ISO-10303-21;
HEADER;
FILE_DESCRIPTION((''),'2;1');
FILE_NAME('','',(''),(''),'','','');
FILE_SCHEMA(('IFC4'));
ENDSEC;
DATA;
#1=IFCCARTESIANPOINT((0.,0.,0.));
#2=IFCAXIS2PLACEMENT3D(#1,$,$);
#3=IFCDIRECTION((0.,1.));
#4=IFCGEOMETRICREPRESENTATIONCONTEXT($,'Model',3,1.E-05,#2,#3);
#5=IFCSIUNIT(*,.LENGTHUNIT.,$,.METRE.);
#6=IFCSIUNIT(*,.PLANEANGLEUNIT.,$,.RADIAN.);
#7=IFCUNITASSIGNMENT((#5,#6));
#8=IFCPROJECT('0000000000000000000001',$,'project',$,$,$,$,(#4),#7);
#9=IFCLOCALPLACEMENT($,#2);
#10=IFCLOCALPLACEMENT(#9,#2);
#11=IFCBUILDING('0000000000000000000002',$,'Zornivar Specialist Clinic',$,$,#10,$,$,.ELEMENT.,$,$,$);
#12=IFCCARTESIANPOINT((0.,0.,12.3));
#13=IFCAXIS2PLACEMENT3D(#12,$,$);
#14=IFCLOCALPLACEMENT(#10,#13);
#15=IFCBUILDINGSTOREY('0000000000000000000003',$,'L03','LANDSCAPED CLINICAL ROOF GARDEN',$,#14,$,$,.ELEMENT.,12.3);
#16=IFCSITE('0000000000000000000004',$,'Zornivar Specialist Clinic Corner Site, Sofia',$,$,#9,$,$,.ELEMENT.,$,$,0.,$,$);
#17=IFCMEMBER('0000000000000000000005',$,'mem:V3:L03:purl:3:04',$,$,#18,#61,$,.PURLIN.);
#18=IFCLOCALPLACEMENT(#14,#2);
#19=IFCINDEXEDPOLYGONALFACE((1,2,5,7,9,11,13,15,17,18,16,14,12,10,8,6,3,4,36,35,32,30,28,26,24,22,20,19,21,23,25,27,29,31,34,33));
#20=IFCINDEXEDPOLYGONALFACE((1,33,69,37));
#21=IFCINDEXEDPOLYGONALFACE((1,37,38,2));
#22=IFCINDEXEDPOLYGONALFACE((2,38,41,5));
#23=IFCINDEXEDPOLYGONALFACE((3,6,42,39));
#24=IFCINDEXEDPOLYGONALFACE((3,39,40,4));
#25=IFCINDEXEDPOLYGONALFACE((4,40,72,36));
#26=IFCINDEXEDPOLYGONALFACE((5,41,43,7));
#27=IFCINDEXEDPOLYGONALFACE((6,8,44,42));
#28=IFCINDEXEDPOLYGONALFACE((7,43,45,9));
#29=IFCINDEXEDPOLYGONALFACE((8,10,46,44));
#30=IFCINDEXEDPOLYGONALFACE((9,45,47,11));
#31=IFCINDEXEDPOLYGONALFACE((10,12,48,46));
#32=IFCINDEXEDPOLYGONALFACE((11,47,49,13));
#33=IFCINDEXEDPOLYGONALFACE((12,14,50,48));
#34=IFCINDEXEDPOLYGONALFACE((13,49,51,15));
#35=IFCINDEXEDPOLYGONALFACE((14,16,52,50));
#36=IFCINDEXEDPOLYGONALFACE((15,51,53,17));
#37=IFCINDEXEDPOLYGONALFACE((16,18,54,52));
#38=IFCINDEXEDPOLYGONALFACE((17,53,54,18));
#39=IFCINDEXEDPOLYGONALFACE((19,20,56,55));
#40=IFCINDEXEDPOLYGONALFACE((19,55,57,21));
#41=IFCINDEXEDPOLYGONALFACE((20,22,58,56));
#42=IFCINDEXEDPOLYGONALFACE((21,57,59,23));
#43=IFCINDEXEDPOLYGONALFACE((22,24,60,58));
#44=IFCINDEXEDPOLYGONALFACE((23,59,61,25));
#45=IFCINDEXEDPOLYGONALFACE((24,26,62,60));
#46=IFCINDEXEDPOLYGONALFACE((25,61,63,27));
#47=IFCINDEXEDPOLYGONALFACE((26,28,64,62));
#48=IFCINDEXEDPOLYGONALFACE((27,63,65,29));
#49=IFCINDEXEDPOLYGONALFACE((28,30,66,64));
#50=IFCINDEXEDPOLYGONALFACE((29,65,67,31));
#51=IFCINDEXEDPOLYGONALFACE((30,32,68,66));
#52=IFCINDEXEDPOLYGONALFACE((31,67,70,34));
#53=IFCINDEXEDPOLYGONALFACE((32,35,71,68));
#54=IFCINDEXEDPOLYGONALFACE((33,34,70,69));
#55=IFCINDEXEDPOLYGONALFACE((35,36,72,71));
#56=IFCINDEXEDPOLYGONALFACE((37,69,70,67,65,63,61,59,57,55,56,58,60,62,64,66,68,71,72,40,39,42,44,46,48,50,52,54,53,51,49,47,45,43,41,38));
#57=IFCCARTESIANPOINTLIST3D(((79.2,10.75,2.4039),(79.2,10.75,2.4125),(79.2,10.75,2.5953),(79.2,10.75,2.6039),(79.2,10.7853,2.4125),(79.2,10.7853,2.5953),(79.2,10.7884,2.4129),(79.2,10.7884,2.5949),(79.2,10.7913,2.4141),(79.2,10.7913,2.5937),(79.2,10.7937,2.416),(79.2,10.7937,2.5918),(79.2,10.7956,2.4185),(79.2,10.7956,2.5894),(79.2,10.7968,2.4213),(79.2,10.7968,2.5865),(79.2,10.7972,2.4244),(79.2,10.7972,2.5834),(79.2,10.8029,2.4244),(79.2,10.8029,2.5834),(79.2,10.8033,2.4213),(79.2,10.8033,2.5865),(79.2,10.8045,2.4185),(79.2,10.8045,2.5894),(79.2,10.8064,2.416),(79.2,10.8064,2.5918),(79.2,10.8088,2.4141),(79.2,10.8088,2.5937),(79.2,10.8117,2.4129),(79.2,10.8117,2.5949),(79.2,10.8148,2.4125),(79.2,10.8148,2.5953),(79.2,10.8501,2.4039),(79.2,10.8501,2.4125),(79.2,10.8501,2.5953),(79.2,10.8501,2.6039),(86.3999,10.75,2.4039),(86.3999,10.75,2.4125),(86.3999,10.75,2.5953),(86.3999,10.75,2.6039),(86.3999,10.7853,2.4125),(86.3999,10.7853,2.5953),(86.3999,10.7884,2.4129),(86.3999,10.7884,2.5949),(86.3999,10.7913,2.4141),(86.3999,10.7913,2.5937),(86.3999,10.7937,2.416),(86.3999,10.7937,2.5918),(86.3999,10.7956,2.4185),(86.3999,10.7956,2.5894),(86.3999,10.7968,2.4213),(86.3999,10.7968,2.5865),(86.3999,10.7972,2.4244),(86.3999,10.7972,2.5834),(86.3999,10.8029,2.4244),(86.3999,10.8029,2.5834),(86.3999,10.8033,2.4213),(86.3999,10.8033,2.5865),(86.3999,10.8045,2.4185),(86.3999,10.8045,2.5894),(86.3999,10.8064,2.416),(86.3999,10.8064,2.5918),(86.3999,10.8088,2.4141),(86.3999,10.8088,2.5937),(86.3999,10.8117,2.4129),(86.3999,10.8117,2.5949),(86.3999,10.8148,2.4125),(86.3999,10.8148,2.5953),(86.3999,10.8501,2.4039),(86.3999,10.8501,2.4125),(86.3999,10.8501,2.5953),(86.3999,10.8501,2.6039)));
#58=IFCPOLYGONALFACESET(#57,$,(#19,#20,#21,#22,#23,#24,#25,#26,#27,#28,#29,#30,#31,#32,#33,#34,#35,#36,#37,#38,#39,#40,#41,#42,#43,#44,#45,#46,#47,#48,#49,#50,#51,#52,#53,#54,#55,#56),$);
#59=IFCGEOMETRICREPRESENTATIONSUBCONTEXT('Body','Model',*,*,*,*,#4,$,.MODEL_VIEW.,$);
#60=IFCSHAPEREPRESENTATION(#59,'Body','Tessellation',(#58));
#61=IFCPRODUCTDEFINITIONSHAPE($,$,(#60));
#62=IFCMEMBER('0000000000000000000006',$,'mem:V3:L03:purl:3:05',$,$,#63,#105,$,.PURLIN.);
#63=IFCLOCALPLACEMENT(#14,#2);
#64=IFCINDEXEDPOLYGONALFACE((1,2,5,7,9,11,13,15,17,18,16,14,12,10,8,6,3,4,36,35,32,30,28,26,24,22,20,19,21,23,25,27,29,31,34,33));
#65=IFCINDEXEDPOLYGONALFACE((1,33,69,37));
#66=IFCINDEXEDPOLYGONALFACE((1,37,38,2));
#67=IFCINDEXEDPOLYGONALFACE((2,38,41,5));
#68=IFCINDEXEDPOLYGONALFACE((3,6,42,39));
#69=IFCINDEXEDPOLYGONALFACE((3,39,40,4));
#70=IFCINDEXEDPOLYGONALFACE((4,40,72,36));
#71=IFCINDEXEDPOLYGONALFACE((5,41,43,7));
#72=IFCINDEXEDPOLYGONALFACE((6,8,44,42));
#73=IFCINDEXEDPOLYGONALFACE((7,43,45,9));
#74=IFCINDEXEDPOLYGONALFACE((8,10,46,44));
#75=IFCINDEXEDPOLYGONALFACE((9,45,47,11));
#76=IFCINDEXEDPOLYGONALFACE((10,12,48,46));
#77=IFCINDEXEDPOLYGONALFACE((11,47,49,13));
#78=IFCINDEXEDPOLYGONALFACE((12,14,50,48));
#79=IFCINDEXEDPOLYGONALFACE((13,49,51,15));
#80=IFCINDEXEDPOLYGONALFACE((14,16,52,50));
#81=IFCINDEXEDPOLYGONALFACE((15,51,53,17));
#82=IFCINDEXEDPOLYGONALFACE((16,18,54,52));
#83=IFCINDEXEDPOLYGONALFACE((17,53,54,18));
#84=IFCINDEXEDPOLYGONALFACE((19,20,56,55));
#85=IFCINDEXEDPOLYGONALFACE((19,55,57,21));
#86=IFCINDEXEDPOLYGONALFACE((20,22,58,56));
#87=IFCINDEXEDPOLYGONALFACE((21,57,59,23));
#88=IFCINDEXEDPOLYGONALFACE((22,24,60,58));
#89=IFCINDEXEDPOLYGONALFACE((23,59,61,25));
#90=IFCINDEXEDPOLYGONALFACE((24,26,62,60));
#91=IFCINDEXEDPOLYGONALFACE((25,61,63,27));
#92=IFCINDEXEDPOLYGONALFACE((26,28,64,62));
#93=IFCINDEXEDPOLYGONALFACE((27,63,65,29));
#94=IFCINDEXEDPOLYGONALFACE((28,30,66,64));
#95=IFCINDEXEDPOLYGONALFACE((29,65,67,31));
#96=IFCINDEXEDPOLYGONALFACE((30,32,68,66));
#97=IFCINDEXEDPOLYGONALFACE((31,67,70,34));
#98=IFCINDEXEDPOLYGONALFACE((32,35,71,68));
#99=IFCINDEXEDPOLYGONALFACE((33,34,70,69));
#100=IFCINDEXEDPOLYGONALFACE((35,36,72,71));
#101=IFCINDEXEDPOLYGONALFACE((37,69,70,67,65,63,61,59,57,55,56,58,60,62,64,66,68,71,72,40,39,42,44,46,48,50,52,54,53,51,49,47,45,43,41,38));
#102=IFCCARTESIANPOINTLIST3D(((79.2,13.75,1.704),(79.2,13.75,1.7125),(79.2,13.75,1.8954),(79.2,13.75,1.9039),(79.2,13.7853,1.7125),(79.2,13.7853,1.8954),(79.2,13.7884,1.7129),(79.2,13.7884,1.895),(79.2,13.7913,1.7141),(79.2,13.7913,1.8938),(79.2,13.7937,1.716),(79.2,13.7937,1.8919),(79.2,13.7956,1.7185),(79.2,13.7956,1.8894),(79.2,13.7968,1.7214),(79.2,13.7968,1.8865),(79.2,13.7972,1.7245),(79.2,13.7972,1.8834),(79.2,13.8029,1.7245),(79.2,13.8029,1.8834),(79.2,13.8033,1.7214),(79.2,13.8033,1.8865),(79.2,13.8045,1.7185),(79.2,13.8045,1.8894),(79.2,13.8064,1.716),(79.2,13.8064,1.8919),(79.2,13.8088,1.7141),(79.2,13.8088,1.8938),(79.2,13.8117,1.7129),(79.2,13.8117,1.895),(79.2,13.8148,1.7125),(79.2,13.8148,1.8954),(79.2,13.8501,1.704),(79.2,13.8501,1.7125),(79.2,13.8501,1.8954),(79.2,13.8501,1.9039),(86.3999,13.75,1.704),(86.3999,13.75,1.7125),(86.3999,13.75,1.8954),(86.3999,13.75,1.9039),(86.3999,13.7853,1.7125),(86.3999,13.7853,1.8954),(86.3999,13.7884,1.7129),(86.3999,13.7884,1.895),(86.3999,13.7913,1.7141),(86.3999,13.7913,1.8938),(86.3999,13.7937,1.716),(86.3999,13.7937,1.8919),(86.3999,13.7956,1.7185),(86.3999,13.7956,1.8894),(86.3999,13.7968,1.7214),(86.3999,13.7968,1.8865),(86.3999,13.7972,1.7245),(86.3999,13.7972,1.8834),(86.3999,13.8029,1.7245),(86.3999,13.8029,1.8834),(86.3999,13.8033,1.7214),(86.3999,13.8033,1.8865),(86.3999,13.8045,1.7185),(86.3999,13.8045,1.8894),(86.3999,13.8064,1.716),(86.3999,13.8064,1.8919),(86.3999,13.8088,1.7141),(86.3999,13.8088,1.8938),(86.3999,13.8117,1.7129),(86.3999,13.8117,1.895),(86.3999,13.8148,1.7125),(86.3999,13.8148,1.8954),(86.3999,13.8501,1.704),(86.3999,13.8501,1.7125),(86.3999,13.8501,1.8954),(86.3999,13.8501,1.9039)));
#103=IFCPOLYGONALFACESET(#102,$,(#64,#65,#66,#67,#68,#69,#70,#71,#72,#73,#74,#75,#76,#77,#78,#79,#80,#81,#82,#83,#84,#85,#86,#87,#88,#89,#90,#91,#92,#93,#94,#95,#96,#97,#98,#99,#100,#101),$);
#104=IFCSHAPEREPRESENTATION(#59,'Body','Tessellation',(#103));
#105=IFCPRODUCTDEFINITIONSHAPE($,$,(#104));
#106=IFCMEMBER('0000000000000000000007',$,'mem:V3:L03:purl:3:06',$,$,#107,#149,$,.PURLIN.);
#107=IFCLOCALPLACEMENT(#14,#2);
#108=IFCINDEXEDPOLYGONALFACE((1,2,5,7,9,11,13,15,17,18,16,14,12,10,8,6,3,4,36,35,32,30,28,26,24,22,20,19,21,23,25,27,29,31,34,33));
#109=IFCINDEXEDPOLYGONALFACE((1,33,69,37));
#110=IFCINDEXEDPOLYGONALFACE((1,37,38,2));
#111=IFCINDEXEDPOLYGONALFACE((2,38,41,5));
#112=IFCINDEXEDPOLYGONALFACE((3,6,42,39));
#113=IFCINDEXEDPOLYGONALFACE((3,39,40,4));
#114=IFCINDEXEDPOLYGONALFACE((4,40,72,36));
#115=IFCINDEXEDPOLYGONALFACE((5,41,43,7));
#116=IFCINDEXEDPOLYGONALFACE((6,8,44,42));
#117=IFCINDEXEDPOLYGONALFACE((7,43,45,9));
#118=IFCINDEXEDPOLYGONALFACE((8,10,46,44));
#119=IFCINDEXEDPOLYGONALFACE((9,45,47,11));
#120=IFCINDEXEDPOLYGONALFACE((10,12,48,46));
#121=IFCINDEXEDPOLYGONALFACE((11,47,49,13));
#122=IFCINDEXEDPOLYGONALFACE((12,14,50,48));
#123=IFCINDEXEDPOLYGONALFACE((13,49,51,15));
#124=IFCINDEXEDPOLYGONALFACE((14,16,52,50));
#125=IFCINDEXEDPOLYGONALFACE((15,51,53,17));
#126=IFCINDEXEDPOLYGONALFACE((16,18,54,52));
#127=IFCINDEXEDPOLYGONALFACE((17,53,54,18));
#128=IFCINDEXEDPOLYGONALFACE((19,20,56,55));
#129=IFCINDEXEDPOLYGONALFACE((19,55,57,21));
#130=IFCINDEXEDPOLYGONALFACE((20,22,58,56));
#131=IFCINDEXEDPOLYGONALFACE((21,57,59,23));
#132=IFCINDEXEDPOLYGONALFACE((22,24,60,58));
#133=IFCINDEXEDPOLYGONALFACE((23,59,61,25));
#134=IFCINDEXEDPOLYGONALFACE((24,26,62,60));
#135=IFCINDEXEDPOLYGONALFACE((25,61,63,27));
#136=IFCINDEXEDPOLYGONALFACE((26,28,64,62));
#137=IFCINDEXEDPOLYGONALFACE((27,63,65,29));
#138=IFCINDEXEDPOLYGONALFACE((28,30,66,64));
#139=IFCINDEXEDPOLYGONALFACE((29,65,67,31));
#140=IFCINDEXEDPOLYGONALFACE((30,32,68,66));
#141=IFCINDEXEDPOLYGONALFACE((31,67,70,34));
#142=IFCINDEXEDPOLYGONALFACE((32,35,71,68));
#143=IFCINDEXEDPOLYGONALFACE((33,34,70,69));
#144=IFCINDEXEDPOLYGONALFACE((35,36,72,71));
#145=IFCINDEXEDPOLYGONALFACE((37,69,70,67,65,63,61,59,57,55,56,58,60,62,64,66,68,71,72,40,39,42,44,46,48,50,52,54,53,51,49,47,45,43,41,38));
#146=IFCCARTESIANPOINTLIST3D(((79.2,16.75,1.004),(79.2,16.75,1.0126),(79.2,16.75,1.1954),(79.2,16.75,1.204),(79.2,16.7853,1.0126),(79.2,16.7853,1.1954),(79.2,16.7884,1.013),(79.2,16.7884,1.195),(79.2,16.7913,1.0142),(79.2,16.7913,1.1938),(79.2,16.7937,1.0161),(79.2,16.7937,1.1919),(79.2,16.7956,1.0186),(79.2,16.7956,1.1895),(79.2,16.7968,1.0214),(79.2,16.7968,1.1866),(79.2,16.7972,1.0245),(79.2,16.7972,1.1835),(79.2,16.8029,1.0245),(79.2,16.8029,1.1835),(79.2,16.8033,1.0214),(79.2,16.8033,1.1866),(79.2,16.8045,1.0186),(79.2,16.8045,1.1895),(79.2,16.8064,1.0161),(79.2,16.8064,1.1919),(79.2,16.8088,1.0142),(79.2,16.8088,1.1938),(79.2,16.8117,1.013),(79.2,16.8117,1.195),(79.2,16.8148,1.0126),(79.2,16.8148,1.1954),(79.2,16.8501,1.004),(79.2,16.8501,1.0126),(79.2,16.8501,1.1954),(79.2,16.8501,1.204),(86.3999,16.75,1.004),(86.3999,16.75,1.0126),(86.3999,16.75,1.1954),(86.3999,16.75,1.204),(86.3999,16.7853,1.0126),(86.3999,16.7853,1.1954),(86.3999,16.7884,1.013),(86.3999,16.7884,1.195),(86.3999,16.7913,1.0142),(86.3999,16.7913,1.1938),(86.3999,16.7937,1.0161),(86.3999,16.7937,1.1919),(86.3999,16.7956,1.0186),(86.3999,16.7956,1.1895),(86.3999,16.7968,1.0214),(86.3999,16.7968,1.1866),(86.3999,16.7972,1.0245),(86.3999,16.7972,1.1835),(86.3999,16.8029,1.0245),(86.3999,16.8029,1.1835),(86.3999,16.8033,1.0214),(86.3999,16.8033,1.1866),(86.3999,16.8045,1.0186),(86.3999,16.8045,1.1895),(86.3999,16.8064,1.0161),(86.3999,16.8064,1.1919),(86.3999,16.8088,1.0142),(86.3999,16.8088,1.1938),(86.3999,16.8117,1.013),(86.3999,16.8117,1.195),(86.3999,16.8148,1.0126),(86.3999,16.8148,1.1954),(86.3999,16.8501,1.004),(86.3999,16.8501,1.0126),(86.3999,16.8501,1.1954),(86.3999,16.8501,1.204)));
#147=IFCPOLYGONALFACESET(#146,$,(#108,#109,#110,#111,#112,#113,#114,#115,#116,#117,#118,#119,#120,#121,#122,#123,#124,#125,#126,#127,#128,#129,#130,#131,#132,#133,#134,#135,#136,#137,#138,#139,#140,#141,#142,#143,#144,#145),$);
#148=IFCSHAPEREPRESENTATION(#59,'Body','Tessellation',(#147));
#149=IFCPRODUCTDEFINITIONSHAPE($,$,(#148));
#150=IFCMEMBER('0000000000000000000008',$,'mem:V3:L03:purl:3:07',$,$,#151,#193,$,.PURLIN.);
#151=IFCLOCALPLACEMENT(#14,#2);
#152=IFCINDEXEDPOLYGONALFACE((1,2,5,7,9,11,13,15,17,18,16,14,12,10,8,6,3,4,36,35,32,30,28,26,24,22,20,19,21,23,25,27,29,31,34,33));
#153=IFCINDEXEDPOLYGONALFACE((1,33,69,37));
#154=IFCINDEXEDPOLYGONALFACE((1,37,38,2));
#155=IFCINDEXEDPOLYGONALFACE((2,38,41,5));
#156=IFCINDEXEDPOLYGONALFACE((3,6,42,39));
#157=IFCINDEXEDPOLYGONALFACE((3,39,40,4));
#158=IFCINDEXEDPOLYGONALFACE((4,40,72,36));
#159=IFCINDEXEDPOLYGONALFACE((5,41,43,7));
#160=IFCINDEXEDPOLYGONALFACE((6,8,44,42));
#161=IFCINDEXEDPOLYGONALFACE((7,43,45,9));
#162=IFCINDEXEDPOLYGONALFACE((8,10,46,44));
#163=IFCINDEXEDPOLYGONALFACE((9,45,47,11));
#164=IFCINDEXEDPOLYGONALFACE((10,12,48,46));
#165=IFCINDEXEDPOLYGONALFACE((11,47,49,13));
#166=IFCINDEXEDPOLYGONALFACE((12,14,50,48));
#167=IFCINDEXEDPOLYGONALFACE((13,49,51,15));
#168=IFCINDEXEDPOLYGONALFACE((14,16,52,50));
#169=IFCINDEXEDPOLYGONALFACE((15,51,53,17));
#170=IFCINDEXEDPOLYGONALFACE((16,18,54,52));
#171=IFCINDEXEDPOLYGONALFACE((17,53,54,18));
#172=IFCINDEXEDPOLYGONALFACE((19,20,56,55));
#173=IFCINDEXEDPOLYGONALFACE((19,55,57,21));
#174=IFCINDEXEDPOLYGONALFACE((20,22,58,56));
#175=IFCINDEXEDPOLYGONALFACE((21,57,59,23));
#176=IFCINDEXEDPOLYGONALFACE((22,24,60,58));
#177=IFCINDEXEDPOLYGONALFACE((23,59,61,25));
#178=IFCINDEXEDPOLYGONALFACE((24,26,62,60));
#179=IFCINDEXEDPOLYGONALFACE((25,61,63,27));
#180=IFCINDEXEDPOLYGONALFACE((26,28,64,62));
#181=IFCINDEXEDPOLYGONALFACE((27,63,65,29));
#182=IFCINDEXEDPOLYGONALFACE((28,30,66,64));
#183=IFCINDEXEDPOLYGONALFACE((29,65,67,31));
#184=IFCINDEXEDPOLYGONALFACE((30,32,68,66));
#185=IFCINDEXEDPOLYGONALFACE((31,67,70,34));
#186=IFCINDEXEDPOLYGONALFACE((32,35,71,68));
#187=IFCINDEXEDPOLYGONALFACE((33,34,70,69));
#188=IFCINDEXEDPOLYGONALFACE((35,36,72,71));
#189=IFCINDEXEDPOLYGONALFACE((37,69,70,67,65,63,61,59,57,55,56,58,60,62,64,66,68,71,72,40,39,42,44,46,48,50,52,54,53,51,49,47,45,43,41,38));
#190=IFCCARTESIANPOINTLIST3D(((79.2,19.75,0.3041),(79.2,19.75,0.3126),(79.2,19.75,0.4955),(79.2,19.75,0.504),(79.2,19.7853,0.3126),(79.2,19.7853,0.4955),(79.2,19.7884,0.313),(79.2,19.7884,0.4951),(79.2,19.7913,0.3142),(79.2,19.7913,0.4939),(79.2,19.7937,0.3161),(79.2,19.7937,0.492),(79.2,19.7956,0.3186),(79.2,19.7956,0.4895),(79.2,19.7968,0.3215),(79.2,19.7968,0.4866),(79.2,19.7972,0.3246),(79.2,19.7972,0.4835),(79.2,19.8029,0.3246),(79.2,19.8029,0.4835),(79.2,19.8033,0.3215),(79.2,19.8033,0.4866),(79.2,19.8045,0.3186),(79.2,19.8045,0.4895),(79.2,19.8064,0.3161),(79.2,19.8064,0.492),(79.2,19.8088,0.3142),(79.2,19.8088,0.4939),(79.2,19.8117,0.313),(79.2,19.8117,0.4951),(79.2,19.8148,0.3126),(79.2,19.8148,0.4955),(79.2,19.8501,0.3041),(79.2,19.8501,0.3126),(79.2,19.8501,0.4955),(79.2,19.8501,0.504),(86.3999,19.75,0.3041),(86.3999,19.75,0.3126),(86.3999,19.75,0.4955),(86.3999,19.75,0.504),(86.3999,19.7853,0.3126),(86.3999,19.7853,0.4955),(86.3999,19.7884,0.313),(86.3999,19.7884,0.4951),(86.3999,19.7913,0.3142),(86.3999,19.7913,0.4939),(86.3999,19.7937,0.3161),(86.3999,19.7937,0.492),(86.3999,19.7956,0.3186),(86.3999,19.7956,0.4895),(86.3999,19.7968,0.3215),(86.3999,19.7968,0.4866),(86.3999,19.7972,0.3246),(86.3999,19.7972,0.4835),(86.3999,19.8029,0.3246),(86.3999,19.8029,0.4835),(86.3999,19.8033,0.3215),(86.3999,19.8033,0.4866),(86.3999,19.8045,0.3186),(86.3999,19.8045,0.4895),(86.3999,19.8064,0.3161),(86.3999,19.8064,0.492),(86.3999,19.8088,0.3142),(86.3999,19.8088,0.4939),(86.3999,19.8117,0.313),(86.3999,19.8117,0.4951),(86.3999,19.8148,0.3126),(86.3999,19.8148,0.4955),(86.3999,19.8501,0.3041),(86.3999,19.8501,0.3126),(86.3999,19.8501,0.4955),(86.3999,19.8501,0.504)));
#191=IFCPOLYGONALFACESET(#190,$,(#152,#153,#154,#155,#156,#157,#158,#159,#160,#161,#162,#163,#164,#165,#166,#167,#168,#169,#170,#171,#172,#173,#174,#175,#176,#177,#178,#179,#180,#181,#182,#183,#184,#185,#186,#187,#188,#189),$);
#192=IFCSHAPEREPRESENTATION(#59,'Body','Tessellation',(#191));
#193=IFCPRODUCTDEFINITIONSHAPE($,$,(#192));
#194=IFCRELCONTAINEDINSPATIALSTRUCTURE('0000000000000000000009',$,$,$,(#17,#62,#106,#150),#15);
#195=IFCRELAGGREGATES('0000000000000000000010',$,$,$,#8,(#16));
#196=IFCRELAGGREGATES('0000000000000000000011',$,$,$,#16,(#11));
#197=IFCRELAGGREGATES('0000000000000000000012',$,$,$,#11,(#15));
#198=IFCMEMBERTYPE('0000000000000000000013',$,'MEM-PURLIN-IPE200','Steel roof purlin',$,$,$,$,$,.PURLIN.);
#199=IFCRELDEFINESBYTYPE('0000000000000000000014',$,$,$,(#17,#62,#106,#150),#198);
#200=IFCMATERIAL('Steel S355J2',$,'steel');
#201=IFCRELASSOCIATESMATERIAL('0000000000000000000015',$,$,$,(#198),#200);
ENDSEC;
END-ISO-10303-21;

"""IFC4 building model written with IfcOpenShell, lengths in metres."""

from ifc_helpers import new_model, si_unit, direction, frame, origin, origin_2d, place, context, subcontext, project, spatial, i_section, extrude, material, material_profile, profile_set, type_object, element, save


model = new_model("IFC4")

# Units and contexts
model_context = context("Model", 3, precision=1e-05, world=origin(), true_north=direction((0.0, 1.0)))
body_context = subcontext(model_context, "Body", "Model", "MODEL_VIEW")
ifc_project = project(units=[si_unit("LENGTHUNIT", "METRE"), si_unit("PLANEANGLEUNIT", "RADIAN")], contexts=[model_context])

# Site, building, storey
site_placement = place(None, origin())
site = spatial("IfcSite", under=ifc_project, at=site_placement, Name="Zornivar Specialist Clinic Corner Site, Sofia", CompositionType="ELEMENT", RefElevation=0.0)
building_placement = place(site_placement, origin())
building = spatial("IfcBuilding", under=site, at=building_placement, Name="Zornivar Specialist Clinic", CompositionType="ELEMENT")
storey_placement = place(building_placement, frame((0.0, 0.0, 12.3)))
storey = spatial("IfcBuildingStorey", under=building, at=storey_placement, Name="L03", Description="LANDSCAPED CLINICAL ROOF GARDEN", CompositionType="ELEMENT", Elevation=12.3)

# Members
ifc_material_1 = material(Name="Steel S355J2", Category="steel")
ifc_material_profile_1 = material_profile(ifc_material_1, i_section(OverallWidth=0.1001, OverallDepth=0.2, WebThickness=0.0056, FlangeThickness=0.0085, FilletRadius=0.012, at=origin_2d()), Name="IPE 200")
ifc_profile_set_1 = profile_set([ifc_material_profile_1], Name="Steel S355J2")
member_type_1 = type_object("IfcMemberType", Name="MEM-PURLIN-IPE200", Description="Steel roof purlin", PredefinedType="PURLIN", material=ifc_profile_set_1)
for number, where, z_axis, x_axis, name in (
    (1, (79.2, 10.8, 2.5039), (1.0, 0.0, 0.0), (0.0, 1.0, 0.0), "mem:V3:L03:purl:3:04"),
    (2, (79.2, 13.8, 1.804), (1.0, 0.0, 0.0), (0.0, 1.0, 0.0), "mem:V3:L03:purl:3:05"),
    (3, (79.2, 16.8, 1.104), (1.0, 0.0, 0.0), (0.0, 1.0, 0.0), "mem:V3:L03:purl:3:06"),
    (4, (79.2, 19.8, 0.4041), (1.0, 0.0, 0.0), (0.0, 1.0, 0.0), "mem:V3:L03:purl:3:07"),
):
    element("IfcMember", number, at=place(storey_placement, frame(where, z_axis=z_axis, x_axis=x_axis)), inside=storey, type_object=member_type_1, Name=name, PredefinedType="PURLIN", context=body_context, shape_type="SweptSolid", body=[
        extrude(i_section(OverallWidth=0.1001, OverallDepth=0.2, WebThickness=0.0056, FlangeThickness=0.0085, FilletRadius=0.012, at=origin_2d()), origin(), (0.0, 0.0, 1.0), 7.2),
    ])

save(model, "model.ifc")
